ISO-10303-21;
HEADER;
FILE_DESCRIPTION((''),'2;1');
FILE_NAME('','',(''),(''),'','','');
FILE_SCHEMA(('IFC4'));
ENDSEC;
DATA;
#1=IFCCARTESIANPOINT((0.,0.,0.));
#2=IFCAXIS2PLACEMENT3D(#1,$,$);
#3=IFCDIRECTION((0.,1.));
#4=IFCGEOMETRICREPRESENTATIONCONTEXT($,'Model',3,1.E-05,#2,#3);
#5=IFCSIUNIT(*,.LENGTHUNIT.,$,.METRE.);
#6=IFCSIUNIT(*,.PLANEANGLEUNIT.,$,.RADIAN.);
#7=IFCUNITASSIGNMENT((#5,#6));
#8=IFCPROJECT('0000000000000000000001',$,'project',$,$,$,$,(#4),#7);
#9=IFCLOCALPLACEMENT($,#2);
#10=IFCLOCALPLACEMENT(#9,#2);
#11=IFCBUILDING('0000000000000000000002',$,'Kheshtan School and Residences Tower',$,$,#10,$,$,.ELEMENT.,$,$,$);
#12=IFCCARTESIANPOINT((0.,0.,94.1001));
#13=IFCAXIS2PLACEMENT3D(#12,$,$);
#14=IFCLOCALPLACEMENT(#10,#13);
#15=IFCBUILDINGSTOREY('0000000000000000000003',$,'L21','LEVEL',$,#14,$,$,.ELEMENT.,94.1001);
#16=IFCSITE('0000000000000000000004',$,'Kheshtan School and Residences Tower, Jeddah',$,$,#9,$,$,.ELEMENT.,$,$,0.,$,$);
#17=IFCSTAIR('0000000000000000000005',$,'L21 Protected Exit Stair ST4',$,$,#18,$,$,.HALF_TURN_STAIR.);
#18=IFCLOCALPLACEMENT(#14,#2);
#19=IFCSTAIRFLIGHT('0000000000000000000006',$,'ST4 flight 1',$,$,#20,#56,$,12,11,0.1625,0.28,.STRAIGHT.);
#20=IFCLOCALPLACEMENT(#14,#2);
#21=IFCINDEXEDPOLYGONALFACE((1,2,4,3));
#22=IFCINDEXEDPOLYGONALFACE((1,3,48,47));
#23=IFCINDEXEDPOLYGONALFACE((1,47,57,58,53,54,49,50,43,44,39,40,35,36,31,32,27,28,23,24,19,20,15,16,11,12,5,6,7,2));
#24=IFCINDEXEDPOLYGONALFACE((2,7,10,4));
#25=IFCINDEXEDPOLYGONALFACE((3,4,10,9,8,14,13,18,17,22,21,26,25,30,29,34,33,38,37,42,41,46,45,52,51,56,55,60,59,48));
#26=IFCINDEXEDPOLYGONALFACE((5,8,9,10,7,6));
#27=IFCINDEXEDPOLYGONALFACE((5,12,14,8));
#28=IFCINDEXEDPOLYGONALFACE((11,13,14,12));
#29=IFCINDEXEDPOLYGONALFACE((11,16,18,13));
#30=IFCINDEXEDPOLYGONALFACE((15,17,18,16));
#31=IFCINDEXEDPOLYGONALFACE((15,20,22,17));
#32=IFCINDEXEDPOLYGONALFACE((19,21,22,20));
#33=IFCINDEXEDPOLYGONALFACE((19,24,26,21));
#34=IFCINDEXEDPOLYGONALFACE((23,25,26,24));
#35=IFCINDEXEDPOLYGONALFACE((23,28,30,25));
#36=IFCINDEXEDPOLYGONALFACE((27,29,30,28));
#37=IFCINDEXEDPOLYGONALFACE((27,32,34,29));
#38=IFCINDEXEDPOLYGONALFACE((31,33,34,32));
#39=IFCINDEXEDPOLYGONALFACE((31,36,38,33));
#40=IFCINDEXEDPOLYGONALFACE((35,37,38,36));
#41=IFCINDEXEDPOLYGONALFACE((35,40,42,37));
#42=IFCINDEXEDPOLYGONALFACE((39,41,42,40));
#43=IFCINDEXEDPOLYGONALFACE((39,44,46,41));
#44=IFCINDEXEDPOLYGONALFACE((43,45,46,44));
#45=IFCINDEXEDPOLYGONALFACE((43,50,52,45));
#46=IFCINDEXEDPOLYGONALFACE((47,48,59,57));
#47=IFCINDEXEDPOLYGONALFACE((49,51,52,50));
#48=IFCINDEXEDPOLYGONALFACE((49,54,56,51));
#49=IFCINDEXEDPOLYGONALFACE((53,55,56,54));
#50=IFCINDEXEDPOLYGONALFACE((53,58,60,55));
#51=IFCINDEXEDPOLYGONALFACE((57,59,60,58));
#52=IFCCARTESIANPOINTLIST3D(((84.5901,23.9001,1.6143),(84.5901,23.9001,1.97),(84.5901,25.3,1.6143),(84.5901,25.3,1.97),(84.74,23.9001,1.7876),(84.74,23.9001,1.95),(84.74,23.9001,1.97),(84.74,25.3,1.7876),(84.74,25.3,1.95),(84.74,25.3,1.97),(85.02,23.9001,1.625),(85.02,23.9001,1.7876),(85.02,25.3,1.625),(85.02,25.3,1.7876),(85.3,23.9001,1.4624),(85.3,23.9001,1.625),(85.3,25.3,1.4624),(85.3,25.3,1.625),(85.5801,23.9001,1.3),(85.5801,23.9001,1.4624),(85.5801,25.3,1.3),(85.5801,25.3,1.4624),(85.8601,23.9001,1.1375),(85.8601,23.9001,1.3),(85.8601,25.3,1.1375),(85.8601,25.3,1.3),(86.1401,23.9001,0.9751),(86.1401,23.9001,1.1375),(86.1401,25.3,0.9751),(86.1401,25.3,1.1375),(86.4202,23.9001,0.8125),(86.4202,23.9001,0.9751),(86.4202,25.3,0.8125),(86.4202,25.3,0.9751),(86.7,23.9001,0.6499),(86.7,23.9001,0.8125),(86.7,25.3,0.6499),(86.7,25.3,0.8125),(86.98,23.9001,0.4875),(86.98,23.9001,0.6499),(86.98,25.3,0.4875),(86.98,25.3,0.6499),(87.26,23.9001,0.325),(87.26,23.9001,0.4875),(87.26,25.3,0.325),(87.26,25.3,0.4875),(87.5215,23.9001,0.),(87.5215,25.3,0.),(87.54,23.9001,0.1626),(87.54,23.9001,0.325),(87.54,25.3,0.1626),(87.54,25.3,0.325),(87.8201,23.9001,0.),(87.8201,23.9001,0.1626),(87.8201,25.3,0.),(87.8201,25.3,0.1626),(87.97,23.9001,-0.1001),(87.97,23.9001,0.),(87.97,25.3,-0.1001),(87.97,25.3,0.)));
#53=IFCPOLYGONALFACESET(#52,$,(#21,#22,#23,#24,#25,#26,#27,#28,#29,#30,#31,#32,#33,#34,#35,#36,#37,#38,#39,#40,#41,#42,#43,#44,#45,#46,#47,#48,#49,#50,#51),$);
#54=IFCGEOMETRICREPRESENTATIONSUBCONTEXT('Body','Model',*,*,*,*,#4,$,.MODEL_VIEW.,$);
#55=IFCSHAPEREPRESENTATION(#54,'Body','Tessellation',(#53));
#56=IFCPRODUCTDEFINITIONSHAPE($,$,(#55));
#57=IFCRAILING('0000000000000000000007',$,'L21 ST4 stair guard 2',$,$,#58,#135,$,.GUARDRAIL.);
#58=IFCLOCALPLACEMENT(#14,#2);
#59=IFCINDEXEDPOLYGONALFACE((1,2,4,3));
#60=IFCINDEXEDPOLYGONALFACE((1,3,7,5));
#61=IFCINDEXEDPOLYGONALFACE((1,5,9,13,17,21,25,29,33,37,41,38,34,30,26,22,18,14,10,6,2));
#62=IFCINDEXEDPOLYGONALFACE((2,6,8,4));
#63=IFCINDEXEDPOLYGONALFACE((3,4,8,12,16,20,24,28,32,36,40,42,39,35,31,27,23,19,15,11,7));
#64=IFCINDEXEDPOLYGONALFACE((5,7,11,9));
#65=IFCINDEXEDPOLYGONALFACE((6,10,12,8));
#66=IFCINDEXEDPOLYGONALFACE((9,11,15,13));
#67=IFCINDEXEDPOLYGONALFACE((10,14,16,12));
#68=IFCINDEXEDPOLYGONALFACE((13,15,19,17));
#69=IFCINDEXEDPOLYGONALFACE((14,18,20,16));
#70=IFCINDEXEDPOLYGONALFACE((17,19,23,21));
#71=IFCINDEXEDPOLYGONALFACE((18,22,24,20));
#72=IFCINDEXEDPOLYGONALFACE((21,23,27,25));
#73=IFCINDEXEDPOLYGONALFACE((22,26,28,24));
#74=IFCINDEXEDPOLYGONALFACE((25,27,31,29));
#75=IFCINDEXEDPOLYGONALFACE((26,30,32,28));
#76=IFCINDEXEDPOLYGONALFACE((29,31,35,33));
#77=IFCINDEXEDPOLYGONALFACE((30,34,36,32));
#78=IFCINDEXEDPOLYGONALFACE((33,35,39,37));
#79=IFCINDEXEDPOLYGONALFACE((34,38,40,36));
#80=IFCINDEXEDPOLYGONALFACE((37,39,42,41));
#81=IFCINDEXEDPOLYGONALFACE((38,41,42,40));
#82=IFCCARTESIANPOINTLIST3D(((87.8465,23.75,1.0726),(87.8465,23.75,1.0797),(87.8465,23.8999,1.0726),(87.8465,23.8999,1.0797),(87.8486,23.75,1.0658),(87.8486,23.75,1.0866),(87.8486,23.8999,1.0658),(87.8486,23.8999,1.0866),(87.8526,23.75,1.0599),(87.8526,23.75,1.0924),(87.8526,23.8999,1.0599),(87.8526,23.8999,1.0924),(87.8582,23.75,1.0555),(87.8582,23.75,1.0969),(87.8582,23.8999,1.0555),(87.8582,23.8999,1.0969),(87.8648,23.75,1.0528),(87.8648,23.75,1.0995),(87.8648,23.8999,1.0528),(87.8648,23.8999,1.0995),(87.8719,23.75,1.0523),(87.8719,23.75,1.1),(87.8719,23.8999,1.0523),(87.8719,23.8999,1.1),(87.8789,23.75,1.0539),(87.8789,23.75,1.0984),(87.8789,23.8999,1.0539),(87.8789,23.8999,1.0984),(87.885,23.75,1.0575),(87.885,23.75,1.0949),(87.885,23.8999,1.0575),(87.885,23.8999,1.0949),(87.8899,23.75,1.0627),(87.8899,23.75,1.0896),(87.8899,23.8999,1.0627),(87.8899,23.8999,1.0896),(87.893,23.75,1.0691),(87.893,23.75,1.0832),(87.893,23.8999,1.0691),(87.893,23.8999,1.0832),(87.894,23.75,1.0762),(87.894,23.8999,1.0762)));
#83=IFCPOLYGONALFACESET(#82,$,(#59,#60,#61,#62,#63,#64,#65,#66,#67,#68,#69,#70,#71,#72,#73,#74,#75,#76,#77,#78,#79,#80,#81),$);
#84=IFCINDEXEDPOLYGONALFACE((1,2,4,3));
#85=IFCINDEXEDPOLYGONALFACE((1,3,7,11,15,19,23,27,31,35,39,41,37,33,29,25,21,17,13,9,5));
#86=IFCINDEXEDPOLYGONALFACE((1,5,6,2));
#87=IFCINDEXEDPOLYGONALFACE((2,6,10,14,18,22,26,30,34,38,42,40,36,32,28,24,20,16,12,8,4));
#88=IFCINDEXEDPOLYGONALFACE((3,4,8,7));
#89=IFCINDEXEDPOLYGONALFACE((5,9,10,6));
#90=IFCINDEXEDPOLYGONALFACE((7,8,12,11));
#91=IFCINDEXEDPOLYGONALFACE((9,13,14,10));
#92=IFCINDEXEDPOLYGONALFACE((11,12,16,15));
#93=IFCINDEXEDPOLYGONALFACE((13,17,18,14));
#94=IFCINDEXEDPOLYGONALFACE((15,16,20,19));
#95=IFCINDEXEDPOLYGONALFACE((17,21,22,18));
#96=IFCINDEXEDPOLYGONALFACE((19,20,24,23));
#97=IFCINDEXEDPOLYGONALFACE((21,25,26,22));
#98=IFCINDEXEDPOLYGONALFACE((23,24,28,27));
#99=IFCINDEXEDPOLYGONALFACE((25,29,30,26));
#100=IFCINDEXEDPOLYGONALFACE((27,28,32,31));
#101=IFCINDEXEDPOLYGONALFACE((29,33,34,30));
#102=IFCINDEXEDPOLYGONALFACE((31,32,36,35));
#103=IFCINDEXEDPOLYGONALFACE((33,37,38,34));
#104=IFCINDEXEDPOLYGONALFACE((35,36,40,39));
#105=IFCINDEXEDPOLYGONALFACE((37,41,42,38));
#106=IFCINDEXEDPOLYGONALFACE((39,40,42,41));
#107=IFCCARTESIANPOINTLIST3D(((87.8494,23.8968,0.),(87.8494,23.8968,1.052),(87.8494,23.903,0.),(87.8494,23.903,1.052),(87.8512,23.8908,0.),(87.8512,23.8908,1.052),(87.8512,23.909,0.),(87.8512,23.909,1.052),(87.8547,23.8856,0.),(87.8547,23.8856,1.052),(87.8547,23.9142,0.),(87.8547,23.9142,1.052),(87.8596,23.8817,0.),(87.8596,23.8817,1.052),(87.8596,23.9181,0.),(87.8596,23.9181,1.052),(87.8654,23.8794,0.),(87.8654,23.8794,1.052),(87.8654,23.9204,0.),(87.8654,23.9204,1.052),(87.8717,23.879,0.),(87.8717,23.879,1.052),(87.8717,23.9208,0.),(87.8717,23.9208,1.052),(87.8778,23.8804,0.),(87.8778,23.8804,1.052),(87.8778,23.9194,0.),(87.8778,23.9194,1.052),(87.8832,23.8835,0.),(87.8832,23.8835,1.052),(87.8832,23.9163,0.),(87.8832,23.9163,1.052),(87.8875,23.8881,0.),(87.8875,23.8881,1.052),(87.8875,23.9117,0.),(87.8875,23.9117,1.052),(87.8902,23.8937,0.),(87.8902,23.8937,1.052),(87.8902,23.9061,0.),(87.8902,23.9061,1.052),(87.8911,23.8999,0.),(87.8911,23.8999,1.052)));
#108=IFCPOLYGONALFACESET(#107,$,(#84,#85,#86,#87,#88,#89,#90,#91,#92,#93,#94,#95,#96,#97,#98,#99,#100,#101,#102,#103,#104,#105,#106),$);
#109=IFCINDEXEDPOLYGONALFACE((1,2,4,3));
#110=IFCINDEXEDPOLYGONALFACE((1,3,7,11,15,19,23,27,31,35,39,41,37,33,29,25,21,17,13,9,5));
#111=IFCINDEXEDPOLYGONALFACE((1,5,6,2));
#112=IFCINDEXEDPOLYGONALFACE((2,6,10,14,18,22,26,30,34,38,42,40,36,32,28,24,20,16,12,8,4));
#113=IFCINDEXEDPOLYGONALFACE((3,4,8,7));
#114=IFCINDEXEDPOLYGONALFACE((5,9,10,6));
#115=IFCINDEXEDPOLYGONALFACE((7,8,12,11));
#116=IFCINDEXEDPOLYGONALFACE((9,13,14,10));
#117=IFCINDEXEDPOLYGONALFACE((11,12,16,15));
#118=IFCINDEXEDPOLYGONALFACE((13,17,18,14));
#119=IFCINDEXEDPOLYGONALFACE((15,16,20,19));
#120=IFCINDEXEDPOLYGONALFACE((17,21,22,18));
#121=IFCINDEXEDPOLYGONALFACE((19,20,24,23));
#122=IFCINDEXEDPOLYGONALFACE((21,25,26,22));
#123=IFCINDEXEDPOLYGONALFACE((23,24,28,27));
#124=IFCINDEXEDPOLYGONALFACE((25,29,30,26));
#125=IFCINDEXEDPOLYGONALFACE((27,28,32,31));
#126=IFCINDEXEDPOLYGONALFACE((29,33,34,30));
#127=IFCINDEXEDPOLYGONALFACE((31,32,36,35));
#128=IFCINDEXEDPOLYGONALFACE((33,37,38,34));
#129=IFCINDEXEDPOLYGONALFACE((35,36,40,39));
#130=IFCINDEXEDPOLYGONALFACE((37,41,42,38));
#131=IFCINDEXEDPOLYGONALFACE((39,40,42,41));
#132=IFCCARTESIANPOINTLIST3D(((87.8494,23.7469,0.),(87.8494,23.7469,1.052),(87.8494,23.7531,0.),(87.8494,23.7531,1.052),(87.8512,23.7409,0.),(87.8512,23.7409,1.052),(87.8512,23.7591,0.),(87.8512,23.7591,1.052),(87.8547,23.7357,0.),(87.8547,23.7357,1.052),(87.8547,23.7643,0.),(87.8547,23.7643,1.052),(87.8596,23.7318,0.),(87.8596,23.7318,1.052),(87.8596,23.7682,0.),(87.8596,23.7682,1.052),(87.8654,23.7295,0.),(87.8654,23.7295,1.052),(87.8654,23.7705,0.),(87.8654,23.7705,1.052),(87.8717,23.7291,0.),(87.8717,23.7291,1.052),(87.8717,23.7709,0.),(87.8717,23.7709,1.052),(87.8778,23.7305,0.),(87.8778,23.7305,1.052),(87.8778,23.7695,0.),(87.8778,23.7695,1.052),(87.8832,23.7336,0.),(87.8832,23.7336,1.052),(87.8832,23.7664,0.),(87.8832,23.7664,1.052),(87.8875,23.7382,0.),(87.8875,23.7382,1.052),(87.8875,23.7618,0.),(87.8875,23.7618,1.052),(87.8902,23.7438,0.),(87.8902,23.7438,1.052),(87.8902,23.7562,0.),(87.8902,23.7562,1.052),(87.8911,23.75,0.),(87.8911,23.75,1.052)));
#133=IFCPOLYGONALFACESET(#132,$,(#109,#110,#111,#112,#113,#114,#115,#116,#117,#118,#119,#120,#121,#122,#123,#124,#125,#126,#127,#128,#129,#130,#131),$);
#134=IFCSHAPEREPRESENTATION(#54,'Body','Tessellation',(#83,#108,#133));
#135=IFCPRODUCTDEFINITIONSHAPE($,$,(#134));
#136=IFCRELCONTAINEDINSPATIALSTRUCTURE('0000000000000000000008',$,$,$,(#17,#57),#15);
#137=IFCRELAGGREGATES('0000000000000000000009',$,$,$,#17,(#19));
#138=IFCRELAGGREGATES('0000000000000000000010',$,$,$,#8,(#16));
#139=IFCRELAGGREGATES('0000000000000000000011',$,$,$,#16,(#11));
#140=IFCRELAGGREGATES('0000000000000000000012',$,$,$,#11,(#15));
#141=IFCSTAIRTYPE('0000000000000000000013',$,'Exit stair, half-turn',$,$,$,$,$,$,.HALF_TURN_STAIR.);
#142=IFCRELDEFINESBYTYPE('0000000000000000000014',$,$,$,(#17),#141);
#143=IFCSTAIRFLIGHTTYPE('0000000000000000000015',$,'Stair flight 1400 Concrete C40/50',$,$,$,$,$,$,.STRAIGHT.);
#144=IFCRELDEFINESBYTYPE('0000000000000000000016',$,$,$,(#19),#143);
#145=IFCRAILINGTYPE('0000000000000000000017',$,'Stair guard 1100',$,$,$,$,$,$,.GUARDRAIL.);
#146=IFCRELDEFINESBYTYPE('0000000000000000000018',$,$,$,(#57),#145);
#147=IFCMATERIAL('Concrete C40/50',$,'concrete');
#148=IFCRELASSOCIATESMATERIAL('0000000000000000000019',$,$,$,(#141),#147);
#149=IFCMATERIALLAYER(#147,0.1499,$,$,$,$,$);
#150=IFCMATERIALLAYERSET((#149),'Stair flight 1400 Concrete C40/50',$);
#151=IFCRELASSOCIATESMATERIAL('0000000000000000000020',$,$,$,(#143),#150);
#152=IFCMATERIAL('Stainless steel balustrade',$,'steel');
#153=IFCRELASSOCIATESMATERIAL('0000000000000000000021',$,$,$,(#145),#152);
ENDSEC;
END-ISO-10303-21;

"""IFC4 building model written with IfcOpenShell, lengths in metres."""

from ifc_helpers import new_model, si_unit, direction, frame, origin, origin_2d, place, context, subcontext, project, spatial, polyline, circle, outline, extrude, material, layer, layer_set, type_object, element, aggregate, save


model = new_model("IFC4")

# Units and contexts
model_context = context("Model", 3, precision=1e-05, world=origin(), true_north=direction((0.0, 1.0)))
body_context = subcontext(model_context, "Body", "Model", "MODEL_VIEW")
ifc_project = project(units=[si_unit("LENGTHUNIT", "METRE"), si_unit("PLANEANGLEUNIT", "RADIAN")], contexts=[model_context])

# Site, building, storey
site_placement = place(None, origin())
site = spatial("IfcSite", under=ifc_project, at=site_placement, Name="Kheshtan School and Residences Tower, Jeddah", CompositionType="ELEMENT", RefElevation=0.0)
building_placement = place(site_placement, origin())
building = spatial("IfcBuilding", under=site, at=building_placement, Name="Kheshtan School and Residences Tower", CompositionType="ELEMENT")
storey_placement = place(building_placement, frame((0.0, 0.0, 94.1001)))
storey = spatial("IfcBuildingStorey", under=building, at=storey_placement, Name="L21", Description="LEVEL", CompositionType="ELEMENT", Elevation=94.1001)

# Shared definitions
ifc_material_1 = material(Name="Concrete C40/50", Category="concrete")

# Stair, stair flight
stair_type = type_object("IfcStairType", Name="Exit stair, half-turn", PredefinedType="HALF_TURN_STAIR", material=ifc_material_1)
stair_placement = place(storey_placement, origin())
stair = element("IfcStair", 1, at=stair_placement, inside=storey, type_object=stair_type, Name="L21 Protected Exit Stair ST4", PredefinedType="HALF_TURN_STAIR")
ifc_layer_1 = layer(ifc_material_1, 0.1499)
ifc_layer_set_1 = layer_set([ifc_layer_1], Name="Stair flight 1400 Concrete C40/50")
stair_flight_type = type_object("IfcStairFlightType", Name="Stair flight 1400 Concrete C40/50", PredefinedType="STRAIGHT", material=ifc_layer_set_1)
stair_flight_placement = place(storey_placement, frame((87.8201, 24.6001, 0.0), z_axis=(0.0, 0.0, 1.0), x_axis=(-1.0, 0.0, 0.0)))
stair_flight = element("IfcStairFlight", 2, at=stair_flight_placement, type_object=stair_flight_type, Name="ST4 flight 1", NumberOfRisers=12, NumberOfTreads=11, PredefinedType="STRAIGHT", RiserHeight=0.1625, TreadLength=0.28, context=body_context, shape_type="SweptSolid", body=[
    extrude(outline(polyline([(-0.1499, -0.1001), (-0.1499, 0.0), (0.0, 0.0), (0.0, 0.1626), (0.28, 0.1626), (0.28, 0.325), (0.5601, 0.325), (0.5601, 0.4875), (0.8401, 0.4875), (0.8401, 0.6499), (1.1201, 0.6499), (1.1201, 0.8125), (1.3999, 0.8125), (1.3999, 0.9751), (1.6799, 0.9751), (1.6799, 1.1375), (1.96, 1.1375), (1.96, 1.3), (2.24, 1.3), (2.24, 1.4624), (2.52, 1.4624), (2.52, 1.625), (2.8, 1.625), (2.8, 1.7876), (3.0801, 1.7876), (3.0801, 1.95), (3.0801, 1.97), (3.23, 1.97), (3.23, 1.6143), (0.2986, 0.0), (-0.1499, -0.1001)])), frame((0.0, 0.7, 0.0), z_axis=(0.0, -1.0, 0.0), x_axis=(1.0, 0.0, 0.0)), (0.0, 0.0, 1.0), 1.3999),
])
aggregate(stair, [stair_flight])

# Railing
ifc_material_2 = material(Name="Stainless steel balustrade", Category="steel")
railing_type_1 = type_object("IfcRailingType", Name="Stair guard 1100", PredefinedType="GUARDRAIL", material=ifc_material_2)
railing_1_placement = place(storey_placement, frame((87.8701, 23.8999, 0.0)))
element("IfcRailing", 3, at=railing_1_placement, inside=storey, type_object=railing_type_1, Name="L21 ST4 stair guard 2", PredefinedType="GUARDRAIL", context=body_context, shape_type="SweptSolid", body=[
    extrude(circle(Radius=0.0239, at=origin_2d()), frame((0.0, 0.0, 1.0762), z_axis=(0.0, -1.0, 0.0), x_axis=(1.0, 0.0, 0.0)), (0.0, 0.0, 1.0), 0.1499),
    extrude(circle(Radius=0.021, at=origin_2d()), origin(), (0.0, 0.0, 1.0), 1.052),
    extrude(circle(Radius=0.021, at=origin_2d()), frame((0.0, -0.1499, 0.0)), (0.0, 0.0, 1.0), 1.052),
])

save(model, "model.ifc")
